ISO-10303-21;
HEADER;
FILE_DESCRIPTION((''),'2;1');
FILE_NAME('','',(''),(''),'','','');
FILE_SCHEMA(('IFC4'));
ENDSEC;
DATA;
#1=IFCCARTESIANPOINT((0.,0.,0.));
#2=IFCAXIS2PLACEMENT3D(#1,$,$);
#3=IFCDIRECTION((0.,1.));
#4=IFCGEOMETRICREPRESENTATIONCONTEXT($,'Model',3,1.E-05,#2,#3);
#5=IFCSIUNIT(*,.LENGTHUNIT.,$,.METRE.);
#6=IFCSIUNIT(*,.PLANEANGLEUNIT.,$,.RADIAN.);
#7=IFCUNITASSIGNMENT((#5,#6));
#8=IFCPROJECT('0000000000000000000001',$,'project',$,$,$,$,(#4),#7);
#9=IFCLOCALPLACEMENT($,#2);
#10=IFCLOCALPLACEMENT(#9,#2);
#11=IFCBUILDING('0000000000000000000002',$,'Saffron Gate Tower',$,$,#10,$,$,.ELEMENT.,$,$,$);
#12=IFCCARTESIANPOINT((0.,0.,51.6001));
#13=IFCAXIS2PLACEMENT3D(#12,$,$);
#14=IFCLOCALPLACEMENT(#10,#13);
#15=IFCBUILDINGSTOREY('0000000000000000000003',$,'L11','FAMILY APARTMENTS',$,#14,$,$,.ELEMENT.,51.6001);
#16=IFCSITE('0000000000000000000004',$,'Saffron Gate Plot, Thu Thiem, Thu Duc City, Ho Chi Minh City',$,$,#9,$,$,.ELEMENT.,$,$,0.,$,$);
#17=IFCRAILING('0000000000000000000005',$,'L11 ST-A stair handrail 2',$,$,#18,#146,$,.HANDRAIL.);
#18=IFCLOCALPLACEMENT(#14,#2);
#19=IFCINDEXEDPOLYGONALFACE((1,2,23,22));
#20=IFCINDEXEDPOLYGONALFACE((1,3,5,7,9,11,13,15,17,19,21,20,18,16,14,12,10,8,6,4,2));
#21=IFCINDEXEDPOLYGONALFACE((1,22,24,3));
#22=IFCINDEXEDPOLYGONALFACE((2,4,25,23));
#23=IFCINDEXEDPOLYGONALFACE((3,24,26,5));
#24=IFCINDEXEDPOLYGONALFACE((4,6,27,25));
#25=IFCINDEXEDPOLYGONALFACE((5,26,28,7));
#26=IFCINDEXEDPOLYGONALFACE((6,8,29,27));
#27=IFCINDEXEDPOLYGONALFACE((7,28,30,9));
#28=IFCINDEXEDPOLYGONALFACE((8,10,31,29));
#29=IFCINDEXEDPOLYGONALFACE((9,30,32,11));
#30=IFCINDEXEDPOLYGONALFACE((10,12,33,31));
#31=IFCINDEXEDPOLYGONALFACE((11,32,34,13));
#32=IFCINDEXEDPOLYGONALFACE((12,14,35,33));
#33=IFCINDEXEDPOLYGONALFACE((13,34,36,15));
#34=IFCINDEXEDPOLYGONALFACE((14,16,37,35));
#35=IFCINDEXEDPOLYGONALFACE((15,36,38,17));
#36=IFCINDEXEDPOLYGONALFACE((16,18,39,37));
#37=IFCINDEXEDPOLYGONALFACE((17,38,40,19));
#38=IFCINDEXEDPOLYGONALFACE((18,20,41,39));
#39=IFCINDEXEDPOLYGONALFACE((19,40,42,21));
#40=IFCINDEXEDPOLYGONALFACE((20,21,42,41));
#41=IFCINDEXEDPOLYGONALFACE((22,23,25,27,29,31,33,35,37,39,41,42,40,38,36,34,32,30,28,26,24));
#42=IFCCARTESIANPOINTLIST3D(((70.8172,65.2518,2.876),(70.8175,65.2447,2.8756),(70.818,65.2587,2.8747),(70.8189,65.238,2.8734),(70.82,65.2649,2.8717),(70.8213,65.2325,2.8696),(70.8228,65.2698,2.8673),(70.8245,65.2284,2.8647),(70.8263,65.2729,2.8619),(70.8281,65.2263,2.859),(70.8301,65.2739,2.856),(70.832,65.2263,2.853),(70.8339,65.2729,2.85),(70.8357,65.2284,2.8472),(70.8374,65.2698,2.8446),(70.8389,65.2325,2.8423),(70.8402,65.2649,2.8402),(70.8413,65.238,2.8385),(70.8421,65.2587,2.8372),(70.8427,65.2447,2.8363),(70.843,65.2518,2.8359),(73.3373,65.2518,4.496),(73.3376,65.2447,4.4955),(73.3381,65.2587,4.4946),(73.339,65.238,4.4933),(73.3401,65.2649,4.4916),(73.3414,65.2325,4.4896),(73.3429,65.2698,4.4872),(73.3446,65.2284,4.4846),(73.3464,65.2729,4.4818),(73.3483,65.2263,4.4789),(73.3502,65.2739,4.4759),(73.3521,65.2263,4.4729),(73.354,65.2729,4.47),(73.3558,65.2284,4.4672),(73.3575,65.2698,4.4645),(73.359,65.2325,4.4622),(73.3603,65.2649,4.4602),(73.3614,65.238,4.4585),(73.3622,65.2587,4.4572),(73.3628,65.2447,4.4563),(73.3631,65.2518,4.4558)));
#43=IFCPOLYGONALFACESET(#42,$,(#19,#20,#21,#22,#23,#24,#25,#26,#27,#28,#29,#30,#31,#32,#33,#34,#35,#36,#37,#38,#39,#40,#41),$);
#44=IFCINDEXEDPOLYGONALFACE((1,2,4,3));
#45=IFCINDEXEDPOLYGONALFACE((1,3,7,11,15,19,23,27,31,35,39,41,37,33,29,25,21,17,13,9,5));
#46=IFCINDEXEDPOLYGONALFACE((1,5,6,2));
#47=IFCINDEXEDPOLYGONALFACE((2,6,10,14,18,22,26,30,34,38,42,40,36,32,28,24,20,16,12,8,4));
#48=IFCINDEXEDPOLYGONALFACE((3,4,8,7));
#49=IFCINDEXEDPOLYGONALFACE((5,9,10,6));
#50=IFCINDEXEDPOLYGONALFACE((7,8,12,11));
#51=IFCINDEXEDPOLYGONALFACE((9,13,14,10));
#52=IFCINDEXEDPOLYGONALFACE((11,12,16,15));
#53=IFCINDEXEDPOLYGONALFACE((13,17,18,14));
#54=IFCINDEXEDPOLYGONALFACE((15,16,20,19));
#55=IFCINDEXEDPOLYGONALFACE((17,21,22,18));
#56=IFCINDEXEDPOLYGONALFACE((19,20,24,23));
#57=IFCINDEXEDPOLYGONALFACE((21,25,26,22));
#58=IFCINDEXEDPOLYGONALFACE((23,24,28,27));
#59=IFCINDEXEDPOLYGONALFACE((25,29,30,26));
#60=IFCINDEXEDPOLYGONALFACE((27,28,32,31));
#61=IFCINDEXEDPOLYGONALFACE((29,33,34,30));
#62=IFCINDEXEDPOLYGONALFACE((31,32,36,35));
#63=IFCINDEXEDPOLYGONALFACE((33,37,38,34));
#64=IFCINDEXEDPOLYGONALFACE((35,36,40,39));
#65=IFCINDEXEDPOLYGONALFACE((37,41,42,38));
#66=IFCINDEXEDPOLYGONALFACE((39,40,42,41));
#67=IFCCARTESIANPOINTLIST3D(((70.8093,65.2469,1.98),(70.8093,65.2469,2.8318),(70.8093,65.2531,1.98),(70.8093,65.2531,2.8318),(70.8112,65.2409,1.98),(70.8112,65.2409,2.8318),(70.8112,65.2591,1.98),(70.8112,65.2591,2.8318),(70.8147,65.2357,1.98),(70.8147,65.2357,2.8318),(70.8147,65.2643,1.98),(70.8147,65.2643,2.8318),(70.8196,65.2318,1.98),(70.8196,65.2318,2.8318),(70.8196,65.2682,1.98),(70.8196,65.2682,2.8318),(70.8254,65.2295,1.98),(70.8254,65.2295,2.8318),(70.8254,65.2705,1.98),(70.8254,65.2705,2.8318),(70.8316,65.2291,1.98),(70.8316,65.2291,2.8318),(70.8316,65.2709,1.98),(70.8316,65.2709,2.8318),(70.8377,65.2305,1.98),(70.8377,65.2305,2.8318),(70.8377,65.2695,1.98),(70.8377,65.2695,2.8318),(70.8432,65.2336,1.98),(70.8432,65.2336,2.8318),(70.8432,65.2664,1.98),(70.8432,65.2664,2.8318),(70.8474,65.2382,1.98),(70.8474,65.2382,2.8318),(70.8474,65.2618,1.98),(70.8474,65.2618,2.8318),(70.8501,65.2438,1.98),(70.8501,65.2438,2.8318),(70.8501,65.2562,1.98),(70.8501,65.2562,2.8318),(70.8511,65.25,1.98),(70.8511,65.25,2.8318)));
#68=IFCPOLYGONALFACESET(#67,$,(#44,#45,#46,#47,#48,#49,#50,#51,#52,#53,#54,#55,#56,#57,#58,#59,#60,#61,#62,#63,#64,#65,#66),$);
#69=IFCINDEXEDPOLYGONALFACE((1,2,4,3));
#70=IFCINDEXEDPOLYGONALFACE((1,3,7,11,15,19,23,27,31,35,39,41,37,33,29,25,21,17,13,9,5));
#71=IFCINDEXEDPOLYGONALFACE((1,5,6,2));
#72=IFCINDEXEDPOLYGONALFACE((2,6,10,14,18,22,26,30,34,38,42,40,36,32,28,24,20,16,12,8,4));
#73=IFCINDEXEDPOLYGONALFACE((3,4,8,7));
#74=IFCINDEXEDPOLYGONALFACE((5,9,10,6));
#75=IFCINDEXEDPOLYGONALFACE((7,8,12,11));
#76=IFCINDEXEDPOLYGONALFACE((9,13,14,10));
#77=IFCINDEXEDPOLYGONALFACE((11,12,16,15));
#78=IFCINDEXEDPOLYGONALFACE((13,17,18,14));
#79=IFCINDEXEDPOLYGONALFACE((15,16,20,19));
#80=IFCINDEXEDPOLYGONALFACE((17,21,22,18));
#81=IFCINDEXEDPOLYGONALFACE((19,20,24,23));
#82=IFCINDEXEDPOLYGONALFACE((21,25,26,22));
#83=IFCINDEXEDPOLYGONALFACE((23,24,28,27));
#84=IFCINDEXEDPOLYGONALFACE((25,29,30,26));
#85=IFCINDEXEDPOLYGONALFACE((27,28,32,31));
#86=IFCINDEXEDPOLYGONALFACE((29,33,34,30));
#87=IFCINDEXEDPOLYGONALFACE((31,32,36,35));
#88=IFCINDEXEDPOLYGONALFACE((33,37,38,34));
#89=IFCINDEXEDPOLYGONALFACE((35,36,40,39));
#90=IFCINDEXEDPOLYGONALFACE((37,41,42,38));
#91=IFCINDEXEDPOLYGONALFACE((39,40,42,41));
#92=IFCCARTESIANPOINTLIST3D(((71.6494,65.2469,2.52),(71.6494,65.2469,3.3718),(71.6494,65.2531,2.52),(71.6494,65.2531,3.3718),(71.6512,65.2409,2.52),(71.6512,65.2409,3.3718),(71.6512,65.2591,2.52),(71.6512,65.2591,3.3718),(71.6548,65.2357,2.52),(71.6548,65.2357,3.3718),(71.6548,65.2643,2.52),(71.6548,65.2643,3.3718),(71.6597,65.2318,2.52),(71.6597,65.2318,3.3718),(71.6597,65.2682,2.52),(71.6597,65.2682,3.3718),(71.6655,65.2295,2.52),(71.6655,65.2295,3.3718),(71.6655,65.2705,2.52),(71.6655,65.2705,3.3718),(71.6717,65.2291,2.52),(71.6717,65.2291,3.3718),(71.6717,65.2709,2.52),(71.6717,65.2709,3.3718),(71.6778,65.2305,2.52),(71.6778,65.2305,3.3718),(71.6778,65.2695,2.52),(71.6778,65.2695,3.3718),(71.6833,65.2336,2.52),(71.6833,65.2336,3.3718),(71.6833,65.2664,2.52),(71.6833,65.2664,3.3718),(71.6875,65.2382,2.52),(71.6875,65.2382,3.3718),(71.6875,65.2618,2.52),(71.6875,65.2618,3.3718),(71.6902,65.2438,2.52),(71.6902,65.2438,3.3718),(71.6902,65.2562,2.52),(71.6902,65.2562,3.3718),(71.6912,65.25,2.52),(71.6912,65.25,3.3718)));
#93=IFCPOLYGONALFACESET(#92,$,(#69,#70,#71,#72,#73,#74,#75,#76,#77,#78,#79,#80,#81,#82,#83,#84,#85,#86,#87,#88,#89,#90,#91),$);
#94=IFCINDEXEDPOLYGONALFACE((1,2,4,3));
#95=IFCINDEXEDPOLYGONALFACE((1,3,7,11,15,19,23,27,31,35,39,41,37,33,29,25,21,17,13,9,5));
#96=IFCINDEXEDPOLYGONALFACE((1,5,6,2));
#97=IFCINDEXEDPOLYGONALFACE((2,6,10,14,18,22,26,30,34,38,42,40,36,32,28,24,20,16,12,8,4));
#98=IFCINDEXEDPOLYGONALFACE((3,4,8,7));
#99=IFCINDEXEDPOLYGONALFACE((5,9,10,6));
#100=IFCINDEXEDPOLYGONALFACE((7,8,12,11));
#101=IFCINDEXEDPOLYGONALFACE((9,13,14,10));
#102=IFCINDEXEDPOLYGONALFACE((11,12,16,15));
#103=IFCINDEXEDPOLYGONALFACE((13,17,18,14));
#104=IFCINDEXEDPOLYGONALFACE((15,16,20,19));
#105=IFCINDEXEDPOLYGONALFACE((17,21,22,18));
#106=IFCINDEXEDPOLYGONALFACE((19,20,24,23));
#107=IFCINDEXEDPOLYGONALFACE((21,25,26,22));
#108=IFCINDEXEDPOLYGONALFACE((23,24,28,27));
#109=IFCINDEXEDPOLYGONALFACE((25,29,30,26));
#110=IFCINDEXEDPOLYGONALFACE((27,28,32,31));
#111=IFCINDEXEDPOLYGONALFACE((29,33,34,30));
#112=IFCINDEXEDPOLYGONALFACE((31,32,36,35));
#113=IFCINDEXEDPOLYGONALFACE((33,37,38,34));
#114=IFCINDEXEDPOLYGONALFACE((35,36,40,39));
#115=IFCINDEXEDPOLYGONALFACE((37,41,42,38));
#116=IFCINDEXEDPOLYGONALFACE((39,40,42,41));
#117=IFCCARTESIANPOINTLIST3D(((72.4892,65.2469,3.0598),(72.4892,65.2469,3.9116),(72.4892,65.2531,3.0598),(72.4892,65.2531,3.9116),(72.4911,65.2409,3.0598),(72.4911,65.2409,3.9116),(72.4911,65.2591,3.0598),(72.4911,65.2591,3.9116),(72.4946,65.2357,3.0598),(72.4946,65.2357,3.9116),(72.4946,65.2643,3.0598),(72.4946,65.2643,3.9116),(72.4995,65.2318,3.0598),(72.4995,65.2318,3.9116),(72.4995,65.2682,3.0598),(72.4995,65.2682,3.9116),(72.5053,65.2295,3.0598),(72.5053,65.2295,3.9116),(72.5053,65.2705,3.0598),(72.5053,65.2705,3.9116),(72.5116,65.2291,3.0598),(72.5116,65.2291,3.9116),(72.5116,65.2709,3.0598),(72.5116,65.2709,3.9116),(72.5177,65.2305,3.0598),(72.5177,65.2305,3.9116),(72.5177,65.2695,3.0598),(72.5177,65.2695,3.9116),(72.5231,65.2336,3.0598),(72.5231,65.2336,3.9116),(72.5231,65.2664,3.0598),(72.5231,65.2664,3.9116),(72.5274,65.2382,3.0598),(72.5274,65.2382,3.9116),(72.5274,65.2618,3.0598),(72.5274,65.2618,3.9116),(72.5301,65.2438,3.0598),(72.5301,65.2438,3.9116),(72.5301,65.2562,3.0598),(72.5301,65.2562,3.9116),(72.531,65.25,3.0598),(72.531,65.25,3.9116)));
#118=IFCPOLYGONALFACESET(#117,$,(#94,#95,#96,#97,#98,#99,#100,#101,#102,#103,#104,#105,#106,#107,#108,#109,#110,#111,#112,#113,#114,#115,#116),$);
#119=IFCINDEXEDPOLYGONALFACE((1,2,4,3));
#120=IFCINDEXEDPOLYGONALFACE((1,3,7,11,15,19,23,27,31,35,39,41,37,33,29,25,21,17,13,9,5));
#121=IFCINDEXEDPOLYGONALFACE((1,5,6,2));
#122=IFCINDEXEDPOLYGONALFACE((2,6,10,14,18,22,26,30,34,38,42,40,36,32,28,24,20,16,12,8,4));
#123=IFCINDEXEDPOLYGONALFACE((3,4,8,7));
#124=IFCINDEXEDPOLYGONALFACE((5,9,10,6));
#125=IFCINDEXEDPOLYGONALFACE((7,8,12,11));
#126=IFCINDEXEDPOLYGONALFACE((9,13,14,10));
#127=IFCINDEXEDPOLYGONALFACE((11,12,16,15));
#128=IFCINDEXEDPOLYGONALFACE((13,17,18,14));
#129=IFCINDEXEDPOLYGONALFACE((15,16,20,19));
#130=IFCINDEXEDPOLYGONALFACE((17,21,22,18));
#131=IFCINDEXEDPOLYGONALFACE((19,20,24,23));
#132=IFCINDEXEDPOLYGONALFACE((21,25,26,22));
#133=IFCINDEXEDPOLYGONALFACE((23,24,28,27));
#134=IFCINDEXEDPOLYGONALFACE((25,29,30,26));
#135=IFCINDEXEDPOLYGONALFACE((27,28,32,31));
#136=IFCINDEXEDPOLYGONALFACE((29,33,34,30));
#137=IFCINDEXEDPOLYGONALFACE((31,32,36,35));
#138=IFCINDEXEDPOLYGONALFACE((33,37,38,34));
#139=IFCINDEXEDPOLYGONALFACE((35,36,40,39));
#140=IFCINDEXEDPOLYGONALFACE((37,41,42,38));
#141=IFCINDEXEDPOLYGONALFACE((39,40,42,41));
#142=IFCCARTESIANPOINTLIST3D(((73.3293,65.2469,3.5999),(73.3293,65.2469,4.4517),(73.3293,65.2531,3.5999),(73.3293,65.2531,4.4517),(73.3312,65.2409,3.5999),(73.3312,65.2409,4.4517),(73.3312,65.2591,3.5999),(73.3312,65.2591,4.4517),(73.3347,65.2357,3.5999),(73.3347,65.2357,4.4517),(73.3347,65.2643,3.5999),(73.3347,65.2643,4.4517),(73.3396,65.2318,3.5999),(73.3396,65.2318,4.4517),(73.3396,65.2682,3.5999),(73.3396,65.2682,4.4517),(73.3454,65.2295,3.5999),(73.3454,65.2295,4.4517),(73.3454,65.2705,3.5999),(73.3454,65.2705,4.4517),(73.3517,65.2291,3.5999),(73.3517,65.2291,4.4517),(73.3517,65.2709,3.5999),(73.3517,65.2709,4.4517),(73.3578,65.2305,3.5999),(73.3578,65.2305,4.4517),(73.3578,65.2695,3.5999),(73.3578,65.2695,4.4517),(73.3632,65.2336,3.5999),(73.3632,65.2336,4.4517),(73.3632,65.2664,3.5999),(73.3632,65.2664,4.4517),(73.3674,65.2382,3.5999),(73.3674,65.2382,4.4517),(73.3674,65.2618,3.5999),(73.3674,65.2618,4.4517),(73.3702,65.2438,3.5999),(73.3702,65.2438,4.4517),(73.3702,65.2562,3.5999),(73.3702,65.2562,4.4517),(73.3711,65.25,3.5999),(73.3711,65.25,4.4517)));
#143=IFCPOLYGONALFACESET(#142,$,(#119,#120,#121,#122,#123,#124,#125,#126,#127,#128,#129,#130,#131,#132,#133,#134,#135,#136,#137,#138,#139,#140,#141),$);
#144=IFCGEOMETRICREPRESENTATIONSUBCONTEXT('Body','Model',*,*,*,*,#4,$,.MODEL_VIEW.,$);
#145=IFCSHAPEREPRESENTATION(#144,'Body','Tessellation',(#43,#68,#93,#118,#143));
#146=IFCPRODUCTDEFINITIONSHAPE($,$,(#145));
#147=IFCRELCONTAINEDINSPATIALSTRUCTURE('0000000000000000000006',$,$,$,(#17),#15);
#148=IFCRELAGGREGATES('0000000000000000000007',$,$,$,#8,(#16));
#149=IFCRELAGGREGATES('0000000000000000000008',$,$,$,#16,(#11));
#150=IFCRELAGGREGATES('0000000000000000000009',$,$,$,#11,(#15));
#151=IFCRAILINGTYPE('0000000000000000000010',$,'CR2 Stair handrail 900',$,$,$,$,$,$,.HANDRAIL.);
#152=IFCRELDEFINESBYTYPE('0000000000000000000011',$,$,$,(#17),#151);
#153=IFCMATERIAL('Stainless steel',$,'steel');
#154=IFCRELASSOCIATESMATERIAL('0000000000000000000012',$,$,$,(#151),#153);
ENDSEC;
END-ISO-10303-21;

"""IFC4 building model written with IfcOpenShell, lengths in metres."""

from ifc_helpers import new_model, si_unit, direction, frame, origin, origin_2d, place, context, subcontext, project, spatial, circle, extrude, material, type_object, element, save


model = new_model("IFC4")

# Units and contexts
model_context = context("Model", 3, precision=1e-05, world=origin(), true_north=direction((0.0, 1.0)))
body_context = subcontext(model_context, "Body", "Model", "MODEL_VIEW")
ifc_project = project(units=[si_unit("LENGTHUNIT", "METRE"), si_unit("PLANEANGLEUNIT", "RADIAN")], contexts=[model_context])

# Site, building, storey
site_placement = place(None, origin())
site = spatial("IfcSite", under=ifc_project, at=site_placement, Name="Saffron Gate Plot, Thu Thiem, Thu Duc City, Ho Chi Minh City", CompositionType="ELEMENT", RefElevation=0.0)
building_placement = place(site_placement, origin())
building = spatial("IfcBuilding", under=site, at=building_placement, Name="Saffron Gate Tower", CompositionType="ELEMENT")
storey_placement = place(building_placement, frame((0.0, 0.0, 51.6001)))
storey = spatial("IfcBuildingStorey", under=building, at=storey_placement, Name="L11", Description="FAMILY APARTMENTS", CompositionType="ELEMENT", Elevation=51.6001)

# Railing
ifc_material_1 = material(Name="Stainless steel", Category="steel")
railing_type_1 = type_object("IfcRailingType", Name="CR2 Stair handrail 900", PredefinedType="HANDRAIL", material=ifc_material_1)
railing_1_placement = place(storey_placement, frame((70.8301, 65.25, 1.98)))
element("IfcRailing", 1, at=railing_1_placement, inside=storey, type_object=railing_type_1, Name="L11 ST-A stair handrail 2", PredefinedType="HANDRAIL", context=body_context, shape_type="SweptSolid", body=[
    extrude(circle(Radius=0.0239, at=origin_2d()), frame((0.0, 0.0, 0.876), z_axis=(0.8412, 0.0, 0.540725), x_axis=(0.0, 1.0, 0.0)), (0.0, 0.0, 1.0), 2.9958),
    extrude(circle(Radius=0.021, at=origin_2d()), origin(), (0.0, 0.0, 1.0), 0.8518),
    extrude(circle(Radius=0.021, at=origin_2d()), frame((0.8401, 0.0, 0.54)), (0.0, 0.0, 1.0), 0.8518),
    extrude(circle(Radius=0.021, at=origin_2d()), frame((1.6799, 0.0, 1.0798)), (0.0, 0.0, 1.0), 0.8518),
    extrude(circle(Radius=0.021, at=origin_2d()), frame((2.52, 0.0, 1.6199)), (0.0, 0.0, 1.0), 0.8518),
])

save(model, "model.ifc")
